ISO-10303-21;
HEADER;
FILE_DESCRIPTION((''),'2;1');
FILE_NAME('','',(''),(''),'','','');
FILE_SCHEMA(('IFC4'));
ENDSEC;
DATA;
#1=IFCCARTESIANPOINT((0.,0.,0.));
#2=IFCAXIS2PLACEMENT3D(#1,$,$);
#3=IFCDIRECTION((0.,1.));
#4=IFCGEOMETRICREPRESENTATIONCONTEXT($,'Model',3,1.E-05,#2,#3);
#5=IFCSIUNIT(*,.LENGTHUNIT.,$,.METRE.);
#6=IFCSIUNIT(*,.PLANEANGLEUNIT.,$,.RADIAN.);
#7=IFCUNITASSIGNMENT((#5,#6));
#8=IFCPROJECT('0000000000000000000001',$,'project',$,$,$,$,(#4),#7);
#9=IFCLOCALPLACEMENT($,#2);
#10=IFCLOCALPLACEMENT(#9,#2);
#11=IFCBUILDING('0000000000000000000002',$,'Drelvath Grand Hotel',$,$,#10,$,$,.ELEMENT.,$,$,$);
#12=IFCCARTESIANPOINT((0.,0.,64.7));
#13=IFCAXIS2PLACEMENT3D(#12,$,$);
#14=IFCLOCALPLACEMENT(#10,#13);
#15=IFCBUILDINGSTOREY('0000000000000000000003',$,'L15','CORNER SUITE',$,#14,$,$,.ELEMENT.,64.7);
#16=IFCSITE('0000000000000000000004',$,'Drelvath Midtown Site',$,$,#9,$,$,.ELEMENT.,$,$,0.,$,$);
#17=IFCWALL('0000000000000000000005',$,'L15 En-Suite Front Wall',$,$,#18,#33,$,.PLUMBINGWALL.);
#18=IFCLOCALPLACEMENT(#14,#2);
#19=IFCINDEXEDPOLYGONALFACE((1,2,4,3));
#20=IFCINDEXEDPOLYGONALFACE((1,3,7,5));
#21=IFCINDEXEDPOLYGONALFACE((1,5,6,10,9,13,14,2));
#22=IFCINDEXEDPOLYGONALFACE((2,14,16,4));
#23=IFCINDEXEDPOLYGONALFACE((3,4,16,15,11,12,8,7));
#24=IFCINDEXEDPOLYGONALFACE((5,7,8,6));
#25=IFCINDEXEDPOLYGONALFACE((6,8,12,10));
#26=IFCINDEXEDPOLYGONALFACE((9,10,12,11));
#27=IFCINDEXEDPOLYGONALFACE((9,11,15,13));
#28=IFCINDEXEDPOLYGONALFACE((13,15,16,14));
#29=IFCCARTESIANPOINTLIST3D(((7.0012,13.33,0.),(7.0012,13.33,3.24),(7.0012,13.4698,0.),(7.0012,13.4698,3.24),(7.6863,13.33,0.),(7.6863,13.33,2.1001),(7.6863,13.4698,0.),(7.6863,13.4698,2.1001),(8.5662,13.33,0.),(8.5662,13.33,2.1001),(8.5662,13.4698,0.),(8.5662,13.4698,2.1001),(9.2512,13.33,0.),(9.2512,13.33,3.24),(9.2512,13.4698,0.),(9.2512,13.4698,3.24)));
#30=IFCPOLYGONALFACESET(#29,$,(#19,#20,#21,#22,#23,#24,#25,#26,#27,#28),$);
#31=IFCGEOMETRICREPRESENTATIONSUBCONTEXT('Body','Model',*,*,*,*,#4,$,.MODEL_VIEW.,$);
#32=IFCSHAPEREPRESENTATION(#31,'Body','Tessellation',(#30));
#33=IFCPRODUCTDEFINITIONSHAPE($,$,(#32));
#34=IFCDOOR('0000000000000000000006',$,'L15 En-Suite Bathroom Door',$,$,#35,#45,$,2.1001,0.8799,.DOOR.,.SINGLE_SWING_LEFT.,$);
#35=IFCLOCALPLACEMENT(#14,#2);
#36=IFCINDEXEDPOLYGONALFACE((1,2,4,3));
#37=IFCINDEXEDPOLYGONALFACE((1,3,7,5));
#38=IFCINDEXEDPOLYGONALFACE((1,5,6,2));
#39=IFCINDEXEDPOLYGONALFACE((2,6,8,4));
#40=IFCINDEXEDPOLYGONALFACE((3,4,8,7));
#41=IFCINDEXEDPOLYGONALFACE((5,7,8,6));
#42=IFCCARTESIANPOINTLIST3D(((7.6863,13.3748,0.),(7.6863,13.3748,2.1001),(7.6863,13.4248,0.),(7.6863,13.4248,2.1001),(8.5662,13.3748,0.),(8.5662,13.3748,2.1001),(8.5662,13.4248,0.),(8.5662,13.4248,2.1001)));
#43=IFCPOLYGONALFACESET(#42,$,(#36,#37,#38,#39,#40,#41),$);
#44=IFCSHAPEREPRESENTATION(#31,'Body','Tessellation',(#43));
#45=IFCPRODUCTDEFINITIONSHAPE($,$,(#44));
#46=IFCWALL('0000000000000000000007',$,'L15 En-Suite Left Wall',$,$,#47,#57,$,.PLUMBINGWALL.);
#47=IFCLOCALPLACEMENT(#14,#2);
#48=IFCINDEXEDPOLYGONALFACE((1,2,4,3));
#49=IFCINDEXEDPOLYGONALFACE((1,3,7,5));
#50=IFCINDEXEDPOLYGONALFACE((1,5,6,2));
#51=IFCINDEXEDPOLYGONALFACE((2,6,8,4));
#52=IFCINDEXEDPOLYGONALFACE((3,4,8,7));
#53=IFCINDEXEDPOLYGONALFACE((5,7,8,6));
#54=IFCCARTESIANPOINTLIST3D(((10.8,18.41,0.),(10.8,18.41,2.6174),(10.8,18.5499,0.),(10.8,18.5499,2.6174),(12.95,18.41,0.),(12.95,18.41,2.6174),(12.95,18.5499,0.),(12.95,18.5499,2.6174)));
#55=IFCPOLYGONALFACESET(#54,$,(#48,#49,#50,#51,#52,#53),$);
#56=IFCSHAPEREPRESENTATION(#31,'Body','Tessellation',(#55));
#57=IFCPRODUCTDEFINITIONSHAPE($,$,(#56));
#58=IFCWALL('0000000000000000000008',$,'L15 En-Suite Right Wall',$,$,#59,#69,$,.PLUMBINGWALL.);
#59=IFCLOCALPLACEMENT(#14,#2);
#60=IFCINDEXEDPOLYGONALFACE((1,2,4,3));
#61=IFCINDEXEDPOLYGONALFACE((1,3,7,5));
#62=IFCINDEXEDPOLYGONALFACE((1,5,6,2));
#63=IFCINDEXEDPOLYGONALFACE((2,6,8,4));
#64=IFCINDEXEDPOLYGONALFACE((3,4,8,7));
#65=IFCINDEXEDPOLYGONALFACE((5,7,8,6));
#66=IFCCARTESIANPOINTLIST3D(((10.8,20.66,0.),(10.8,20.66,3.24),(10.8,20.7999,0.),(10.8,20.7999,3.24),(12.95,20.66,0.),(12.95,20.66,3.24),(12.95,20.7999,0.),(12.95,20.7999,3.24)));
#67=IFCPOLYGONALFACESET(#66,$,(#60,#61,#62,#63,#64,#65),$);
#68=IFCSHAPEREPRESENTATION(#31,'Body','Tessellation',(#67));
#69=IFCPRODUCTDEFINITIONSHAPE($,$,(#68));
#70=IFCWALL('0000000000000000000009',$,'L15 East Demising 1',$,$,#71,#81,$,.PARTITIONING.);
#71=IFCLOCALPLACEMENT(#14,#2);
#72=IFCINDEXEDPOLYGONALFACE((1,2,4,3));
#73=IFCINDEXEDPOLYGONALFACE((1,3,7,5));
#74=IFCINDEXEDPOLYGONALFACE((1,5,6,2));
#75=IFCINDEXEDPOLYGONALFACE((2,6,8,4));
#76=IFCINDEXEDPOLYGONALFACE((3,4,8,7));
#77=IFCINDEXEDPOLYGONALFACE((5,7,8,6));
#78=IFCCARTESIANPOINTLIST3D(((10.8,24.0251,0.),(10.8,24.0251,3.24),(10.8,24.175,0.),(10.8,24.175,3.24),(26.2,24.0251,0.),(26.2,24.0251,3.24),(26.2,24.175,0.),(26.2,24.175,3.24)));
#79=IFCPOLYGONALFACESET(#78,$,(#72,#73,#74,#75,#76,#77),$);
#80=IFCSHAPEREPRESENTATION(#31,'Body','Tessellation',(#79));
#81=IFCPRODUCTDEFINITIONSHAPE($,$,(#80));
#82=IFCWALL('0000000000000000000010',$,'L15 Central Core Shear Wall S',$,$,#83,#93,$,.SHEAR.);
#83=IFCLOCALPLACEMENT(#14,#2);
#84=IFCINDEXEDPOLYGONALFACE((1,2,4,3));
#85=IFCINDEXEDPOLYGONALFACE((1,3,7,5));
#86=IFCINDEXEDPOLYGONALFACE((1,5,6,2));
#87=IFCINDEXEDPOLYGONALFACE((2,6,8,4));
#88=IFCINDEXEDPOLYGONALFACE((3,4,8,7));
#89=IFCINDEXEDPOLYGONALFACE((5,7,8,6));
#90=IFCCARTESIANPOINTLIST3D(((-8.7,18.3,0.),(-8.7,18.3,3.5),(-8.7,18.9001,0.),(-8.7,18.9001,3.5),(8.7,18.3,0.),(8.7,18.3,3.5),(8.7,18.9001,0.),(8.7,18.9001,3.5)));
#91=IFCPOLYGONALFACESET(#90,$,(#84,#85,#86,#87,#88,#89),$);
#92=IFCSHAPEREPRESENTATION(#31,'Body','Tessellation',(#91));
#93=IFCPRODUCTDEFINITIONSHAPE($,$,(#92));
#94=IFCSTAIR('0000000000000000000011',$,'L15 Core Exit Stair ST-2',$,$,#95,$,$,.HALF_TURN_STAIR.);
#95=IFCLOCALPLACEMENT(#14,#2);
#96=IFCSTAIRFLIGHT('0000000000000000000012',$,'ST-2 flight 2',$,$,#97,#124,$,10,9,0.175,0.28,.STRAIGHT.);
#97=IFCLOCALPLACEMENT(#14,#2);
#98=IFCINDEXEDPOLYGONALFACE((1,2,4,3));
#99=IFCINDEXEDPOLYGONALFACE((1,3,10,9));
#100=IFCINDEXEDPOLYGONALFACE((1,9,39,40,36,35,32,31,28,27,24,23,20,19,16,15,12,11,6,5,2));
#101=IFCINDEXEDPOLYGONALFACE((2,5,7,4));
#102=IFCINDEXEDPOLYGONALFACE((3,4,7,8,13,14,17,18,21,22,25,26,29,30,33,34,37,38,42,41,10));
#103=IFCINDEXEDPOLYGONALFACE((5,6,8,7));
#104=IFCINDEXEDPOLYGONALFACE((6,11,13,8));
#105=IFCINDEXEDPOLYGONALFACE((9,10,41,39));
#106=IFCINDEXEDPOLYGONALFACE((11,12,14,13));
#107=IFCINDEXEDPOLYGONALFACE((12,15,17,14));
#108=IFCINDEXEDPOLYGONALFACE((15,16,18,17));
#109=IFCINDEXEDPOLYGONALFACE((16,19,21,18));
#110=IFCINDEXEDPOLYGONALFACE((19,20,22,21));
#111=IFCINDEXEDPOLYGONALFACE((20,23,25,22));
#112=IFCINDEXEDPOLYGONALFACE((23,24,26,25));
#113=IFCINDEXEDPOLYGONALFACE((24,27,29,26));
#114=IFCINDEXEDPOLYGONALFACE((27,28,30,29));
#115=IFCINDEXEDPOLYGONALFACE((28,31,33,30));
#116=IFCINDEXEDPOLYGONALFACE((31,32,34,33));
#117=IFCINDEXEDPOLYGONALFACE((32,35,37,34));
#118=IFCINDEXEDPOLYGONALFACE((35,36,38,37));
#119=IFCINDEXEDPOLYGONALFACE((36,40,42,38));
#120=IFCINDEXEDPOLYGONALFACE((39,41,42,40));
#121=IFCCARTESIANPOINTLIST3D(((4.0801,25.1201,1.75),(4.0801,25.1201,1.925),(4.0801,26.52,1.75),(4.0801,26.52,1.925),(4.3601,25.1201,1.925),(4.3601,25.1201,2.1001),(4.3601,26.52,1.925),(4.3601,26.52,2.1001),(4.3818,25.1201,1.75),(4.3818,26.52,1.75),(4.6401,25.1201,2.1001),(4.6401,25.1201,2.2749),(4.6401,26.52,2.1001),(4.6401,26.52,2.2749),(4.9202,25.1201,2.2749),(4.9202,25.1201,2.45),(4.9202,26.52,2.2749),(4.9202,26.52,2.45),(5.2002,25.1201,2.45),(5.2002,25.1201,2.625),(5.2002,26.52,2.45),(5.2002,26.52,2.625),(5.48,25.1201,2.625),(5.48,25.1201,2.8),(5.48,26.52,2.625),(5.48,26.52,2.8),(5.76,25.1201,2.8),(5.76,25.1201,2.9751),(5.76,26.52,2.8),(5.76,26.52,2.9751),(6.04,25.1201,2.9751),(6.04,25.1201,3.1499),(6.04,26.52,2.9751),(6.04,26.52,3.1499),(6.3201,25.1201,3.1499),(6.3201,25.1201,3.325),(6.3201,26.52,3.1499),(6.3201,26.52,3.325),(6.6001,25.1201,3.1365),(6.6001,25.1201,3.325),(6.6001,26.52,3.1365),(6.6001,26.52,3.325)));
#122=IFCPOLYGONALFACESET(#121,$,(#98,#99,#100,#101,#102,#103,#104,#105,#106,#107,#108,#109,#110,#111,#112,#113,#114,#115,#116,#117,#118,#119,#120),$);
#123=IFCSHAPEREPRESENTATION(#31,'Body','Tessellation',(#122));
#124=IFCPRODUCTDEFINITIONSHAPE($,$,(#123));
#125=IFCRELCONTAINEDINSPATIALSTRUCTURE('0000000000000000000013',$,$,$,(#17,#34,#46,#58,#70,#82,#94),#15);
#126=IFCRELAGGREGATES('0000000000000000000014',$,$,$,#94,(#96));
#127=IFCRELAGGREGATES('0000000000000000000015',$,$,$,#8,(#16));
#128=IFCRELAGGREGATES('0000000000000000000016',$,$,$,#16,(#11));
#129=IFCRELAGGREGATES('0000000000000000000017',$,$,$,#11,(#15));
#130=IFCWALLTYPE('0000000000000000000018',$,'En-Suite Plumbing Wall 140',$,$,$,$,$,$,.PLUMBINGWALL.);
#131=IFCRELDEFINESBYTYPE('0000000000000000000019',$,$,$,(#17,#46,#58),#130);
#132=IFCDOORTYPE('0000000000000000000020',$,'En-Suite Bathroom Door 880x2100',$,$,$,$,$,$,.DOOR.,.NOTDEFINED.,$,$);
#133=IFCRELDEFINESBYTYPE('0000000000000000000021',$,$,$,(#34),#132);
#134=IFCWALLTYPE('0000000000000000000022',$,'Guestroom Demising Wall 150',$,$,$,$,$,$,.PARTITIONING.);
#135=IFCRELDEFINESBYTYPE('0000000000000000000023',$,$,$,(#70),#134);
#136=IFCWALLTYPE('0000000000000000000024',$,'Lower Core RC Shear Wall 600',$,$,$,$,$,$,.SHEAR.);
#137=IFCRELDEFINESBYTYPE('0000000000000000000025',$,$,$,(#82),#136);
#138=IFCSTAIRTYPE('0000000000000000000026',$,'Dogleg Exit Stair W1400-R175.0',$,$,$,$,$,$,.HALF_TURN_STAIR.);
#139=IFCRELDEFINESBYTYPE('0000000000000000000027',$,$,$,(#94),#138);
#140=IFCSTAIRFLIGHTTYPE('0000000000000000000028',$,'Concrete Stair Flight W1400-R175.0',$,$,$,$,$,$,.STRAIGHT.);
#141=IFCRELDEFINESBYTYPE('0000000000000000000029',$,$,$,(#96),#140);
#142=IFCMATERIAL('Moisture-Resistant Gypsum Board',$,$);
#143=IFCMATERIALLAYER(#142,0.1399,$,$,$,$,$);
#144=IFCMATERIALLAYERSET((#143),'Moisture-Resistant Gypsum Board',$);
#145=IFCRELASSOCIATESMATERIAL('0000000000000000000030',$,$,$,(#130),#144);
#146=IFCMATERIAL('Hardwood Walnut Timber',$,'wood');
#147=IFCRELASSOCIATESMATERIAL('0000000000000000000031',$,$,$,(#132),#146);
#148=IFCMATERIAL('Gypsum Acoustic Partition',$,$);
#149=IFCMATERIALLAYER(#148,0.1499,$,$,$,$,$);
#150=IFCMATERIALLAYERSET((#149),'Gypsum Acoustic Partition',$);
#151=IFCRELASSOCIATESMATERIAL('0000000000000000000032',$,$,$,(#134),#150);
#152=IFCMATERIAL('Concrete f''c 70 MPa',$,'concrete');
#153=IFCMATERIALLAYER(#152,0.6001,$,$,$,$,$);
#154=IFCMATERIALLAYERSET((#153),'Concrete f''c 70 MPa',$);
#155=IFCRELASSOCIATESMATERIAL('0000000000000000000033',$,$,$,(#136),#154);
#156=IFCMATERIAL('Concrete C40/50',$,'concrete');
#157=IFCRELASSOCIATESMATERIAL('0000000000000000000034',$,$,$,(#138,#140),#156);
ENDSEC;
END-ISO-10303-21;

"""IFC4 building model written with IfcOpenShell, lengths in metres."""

from ifc_helpers import new_model, si_unit, direction, frame, frame_2d, origin, place, context, subcontext, project, spatial, polyline, rectangle, outline, extrude, material, layer, layer_set, type_object, element, fill, aggregate, save


model = new_model("IFC4")

# Units and contexts
model_context = context("Model", 3, precision=1e-05, world=origin(), true_north=direction((0.0, 1.0)))
body_context = subcontext(model_context, "Body", "Model", "MODEL_VIEW")
ifc_project = project(units=[si_unit("LENGTHUNIT", "METRE"), si_unit("PLANEANGLEUNIT", "RADIAN")], contexts=[model_context])

# Site, building, storey
site_placement = place(None, origin())
site = spatial("IfcSite", under=ifc_project, at=site_placement, Name="Drelvath Midtown Site", CompositionType="ELEMENT", RefElevation=0.0)
building_placement = place(site_placement, origin())
building = spatial("IfcBuilding", under=site, at=building_placement, Name="Drelvath Grand Hotel", CompositionType="ELEMENT")
storey_placement = place(building_placement, frame((0.0, 0.0, 64.7)))
storey = spatial("IfcBuildingStorey", under=building, at=storey_placement, Name="L15", Description="CORNER SUITE", CompositionType="ELEMENT", Elevation=64.7)

# Shared definitions
ifc_material_1 = material(Name="Concrete f'c 70 MPa", Category="concrete")

# Shared definitions
ifc_material_2 = material(Name="Concrete C40/50", Category="concrete")

# Shared definitions
ifc_material_3 = material(Name="Hardwood Walnut Timber", Category="wood")

# Shared definitions
ifc_material_4 = material(Name="Moisture-Resistant Gypsum Board")
ifc_layer_1 = layer(ifc_material_4, 0.1399)
ifc_layer_set_1 = layer_set([ifc_layer_1], Name="Moisture-Resistant Gypsum Board")
wall_type_1 = type_object("IfcWallType", Name="En-Suite Plumbing Wall 140", PredefinedType="PLUMBINGWALL", material=ifc_layer_set_1)

# Wall, opening, door
wall_1_placement = place(storey_placement, frame((7.0012, 13.3999, 0.0), z_axis=(0.0, 0.0, 1.0), x_axis=(1.0, 0.0, 0.0)))
wall_1 = element("IfcWall", 1, at=wall_1_placement, inside=storey, type_object=wall_type_1, Name="L15 En-Suite Front Wall", PredefinedType="PLUMBINGWALL", context=body_context, shape_type="SweptSolid", body=[
    extrude(rectangle(XDim=2.25, YDim=0.1399, at=frame_2d((1.125, 0.0))), origin(), (0.0, 0.0, 1.0), 3.24),
])
opening_1_placement = place(wall_1_placement, frame((0.6851, 0.0, 0.0)))
opening_1 = element("IfcOpeningElement", 2, at=opening_1_placement, cuts=wall_1, PredefinedType="OPENING", context=body_context, shape_type="SweptSolid", body=[
    extrude(rectangle(XDim=0.8799, YDim=2.1001, at=frame_2d((0.4399, 1.05))), frame((0.0, 0.0798, 0.0), z_axis=(0.0, -1.0, 0.0), x_axis=(1.0, 0.0, 0.0)), (0.0, 0.0, 1.0), 0.1599),
])
door_type_1 = type_object("IfcDoorType", Name="En-Suite Bathroom Door 880x2100", OperationType="NOTDEFINED", PredefinedType="DOOR", material=ifc_material_3)
door_1_placement = place(opening_1_placement, origin())
door_1 = element("IfcDoor", 3, at=door_1_placement, inside=storey, type_object=door_type_1, Name="L15 En-Suite Bathroom Door", OperationType="SINGLE_SWING_LEFT", OverallHeight=2.1001, OverallWidth=0.8799, PredefinedType="DOOR", context=body_context, shape_type="SweptSolid", body=[
    extrude(rectangle(XDim=0.8799, YDim=2.1001, at=frame_2d((0.4399, 1.05))), frame((0.0, 0.0249, 0.0), z_axis=(0.0, -1.0, 0.0), x_axis=(1.0, 0.0, 0.0)), (0.0, 0.0, 1.0), 0.05),
])
fill(opening_1, door_1)

# Walls
wall_2_placement = place(storey_placement, frame((10.8, 18.48, 0.0), z_axis=(0.0, 0.0, 1.0), x_axis=(1.0, 0.0, 0.0)))
element("IfcWall", 4, at=wall_2_placement, inside=storey, type_object=wall_type_1, Name="L15 En-Suite Left Wall", PredefinedType="PLUMBINGWALL", context=body_context, shape_type="SweptSolid", body=[
    extrude(rectangle(XDim=2.1499, YDim=0.1399, at=frame_2d((1.075, 0.0))), origin(), (0.0, 0.0, 1.0), 2.6174),
])
wall_3_placement = place(storey_placement, frame((10.8, 20.73, 0.0), z_axis=(0.0, 0.0, 1.0), x_axis=(1.0, 0.0, 0.0)))
element("IfcWall", 5, at=wall_3_placement, inside=storey, type_object=wall_type_1, Name="L15 En-Suite Right Wall", PredefinedType="PLUMBINGWALL", context=body_context, shape_type="SweptSolid", body=[
    extrude(rectangle(XDim=2.1499, YDim=0.1399, at=frame_2d((1.075, 0.0))), origin(), (0.0, 0.0, 1.0), 3.24),
])
ifc_material_5 = material(Name="Gypsum Acoustic Partition")
ifc_layer_2 = layer(ifc_material_5, 0.1499)
ifc_layer_set_2 = layer_set([ifc_layer_2], Name="Gypsum Acoustic Partition")
wall_type_2 = type_object("IfcWallType", Name="Guestroom Demising Wall 150", PredefinedType="PARTITIONING", material=ifc_layer_set_2)
wall_4_placement = place(storey_placement, frame((10.8, 24.1001, 0.0), z_axis=(0.0, 0.0, 1.0), x_axis=(1.0, 0.0, 0.0)))
element("IfcWall", 6, at=wall_4_placement, inside=storey, type_object=wall_type_2, Name="L15 East Demising 1", PredefinedType="PARTITIONING", context=body_context, shape_type="SweptSolid", body=[
    extrude(rectangle(XDim=15.3999, YDim=0.1499, at=frame_2d((7.7, 0.0))), origin(), (0.0, 0.0, 1.0), 3.24),
])
ifc_layer_3 = layer(ifc_material_1, 0.6001)
ifc_layer_set_3 = layer_set([ifc_layer_3], Name="Concrete f'c 70 MPa")
wall_type_3 = type_object("IfcWallType", Name="Lower Core RC Shear Wall 600", PredefinedType="SHEAR", material=ifc_layer_set_3)
wall_5_placement = place(storey_placement, frame((8.7, 18.6001, 0.0), z_axis=(0.0, 0.0, 1.0), x_axis=(-1.0, 0.0, 0.0)))
element("IfcWall", 7, at=wall_5_placement, inside=storey, type_object=wall_type_3, Name="L15 Central Core Shear Wall S", PredefinedType="SHEAR", context=body_context, shape_type="SweptSolid", body=[
    extrude(rectangle(XDim=17.3999, YDim=0.6001, at=frame_2d((8.7, 0.0))), origin(), (0.0, 0.0, 1.0), 3.5),
])

# Stair, stair flight
stair_type = type_object("IfcStairType", Name="Dogleg Exit Stair W1400-R175.0", PredefinedType="HALF_TURN_STAIR", material=ifc_material_2)
stair_placement = place(storey_placement, origin())
stair = element("IfcStair", 8, at=stair_placement, inside=storey, type_object=stair_type, Name="L15 Core Exit Stair ST-2", PredefinedType="HALF_TURN_STAIR")
stair_flight_type = type_object("IfcStairFlightType", Name="Concrete Stair Flight W1400-R175.0", PredefinedType="STRAIGHT", material=ifc_material_2)
stair_flight_placement = place(storey_placement, frame((4.0801, 25.8201, 1.75), z_axis=(0.0, 0.0, 1.0), x_axis=(1.0, 0.0, 0.0)))
stair_flight = element("IfcStairFlight", 9, at=stair_flight_placement, type_object=stair_flight_type, Name="ST-2 flight 2", NumberOfRisers=10, NumberOfTreads=9, PredefinedType="STRAIGHT", RiserHeight=0.175, TreadLength=0.28, context=body_context, shape_type="SweptSolid", body=[
    extrude(outline(polyline([(0.0, 0.0), (0.0, 0.175), (0.28, 0.175), (0.28, 0.3501), (0.5601, 0.3501), (0.5601, 0.5249), (0.8401, 0.5249), (0.8401, 0.7), (1.1201, 0.7), (1.1201, 0.875), (1.3999, 0.875), (1.3999, 1.05), (1.6799, 1.05), (1.6799, 1.2251), (1.96, 1.2251), (1.96, 1.3999), (2.24, 1.3999), (2.24, 1.575), (2.52, 1.575), (2.52, 1.75), (2.52, 1.3865), (0.3018, 0.0), (0.0, 0.0)])), frame((0.0, 0.7, 0.0), z_axis=(0.0, -1.0, 0.0), x_axis=(1.0, 0.0, 0.0)), (0.0, 0.0, 1.0), 1.3999),
])
aggregate(stair, [stair_flight])

save(model, "model.ifc")
